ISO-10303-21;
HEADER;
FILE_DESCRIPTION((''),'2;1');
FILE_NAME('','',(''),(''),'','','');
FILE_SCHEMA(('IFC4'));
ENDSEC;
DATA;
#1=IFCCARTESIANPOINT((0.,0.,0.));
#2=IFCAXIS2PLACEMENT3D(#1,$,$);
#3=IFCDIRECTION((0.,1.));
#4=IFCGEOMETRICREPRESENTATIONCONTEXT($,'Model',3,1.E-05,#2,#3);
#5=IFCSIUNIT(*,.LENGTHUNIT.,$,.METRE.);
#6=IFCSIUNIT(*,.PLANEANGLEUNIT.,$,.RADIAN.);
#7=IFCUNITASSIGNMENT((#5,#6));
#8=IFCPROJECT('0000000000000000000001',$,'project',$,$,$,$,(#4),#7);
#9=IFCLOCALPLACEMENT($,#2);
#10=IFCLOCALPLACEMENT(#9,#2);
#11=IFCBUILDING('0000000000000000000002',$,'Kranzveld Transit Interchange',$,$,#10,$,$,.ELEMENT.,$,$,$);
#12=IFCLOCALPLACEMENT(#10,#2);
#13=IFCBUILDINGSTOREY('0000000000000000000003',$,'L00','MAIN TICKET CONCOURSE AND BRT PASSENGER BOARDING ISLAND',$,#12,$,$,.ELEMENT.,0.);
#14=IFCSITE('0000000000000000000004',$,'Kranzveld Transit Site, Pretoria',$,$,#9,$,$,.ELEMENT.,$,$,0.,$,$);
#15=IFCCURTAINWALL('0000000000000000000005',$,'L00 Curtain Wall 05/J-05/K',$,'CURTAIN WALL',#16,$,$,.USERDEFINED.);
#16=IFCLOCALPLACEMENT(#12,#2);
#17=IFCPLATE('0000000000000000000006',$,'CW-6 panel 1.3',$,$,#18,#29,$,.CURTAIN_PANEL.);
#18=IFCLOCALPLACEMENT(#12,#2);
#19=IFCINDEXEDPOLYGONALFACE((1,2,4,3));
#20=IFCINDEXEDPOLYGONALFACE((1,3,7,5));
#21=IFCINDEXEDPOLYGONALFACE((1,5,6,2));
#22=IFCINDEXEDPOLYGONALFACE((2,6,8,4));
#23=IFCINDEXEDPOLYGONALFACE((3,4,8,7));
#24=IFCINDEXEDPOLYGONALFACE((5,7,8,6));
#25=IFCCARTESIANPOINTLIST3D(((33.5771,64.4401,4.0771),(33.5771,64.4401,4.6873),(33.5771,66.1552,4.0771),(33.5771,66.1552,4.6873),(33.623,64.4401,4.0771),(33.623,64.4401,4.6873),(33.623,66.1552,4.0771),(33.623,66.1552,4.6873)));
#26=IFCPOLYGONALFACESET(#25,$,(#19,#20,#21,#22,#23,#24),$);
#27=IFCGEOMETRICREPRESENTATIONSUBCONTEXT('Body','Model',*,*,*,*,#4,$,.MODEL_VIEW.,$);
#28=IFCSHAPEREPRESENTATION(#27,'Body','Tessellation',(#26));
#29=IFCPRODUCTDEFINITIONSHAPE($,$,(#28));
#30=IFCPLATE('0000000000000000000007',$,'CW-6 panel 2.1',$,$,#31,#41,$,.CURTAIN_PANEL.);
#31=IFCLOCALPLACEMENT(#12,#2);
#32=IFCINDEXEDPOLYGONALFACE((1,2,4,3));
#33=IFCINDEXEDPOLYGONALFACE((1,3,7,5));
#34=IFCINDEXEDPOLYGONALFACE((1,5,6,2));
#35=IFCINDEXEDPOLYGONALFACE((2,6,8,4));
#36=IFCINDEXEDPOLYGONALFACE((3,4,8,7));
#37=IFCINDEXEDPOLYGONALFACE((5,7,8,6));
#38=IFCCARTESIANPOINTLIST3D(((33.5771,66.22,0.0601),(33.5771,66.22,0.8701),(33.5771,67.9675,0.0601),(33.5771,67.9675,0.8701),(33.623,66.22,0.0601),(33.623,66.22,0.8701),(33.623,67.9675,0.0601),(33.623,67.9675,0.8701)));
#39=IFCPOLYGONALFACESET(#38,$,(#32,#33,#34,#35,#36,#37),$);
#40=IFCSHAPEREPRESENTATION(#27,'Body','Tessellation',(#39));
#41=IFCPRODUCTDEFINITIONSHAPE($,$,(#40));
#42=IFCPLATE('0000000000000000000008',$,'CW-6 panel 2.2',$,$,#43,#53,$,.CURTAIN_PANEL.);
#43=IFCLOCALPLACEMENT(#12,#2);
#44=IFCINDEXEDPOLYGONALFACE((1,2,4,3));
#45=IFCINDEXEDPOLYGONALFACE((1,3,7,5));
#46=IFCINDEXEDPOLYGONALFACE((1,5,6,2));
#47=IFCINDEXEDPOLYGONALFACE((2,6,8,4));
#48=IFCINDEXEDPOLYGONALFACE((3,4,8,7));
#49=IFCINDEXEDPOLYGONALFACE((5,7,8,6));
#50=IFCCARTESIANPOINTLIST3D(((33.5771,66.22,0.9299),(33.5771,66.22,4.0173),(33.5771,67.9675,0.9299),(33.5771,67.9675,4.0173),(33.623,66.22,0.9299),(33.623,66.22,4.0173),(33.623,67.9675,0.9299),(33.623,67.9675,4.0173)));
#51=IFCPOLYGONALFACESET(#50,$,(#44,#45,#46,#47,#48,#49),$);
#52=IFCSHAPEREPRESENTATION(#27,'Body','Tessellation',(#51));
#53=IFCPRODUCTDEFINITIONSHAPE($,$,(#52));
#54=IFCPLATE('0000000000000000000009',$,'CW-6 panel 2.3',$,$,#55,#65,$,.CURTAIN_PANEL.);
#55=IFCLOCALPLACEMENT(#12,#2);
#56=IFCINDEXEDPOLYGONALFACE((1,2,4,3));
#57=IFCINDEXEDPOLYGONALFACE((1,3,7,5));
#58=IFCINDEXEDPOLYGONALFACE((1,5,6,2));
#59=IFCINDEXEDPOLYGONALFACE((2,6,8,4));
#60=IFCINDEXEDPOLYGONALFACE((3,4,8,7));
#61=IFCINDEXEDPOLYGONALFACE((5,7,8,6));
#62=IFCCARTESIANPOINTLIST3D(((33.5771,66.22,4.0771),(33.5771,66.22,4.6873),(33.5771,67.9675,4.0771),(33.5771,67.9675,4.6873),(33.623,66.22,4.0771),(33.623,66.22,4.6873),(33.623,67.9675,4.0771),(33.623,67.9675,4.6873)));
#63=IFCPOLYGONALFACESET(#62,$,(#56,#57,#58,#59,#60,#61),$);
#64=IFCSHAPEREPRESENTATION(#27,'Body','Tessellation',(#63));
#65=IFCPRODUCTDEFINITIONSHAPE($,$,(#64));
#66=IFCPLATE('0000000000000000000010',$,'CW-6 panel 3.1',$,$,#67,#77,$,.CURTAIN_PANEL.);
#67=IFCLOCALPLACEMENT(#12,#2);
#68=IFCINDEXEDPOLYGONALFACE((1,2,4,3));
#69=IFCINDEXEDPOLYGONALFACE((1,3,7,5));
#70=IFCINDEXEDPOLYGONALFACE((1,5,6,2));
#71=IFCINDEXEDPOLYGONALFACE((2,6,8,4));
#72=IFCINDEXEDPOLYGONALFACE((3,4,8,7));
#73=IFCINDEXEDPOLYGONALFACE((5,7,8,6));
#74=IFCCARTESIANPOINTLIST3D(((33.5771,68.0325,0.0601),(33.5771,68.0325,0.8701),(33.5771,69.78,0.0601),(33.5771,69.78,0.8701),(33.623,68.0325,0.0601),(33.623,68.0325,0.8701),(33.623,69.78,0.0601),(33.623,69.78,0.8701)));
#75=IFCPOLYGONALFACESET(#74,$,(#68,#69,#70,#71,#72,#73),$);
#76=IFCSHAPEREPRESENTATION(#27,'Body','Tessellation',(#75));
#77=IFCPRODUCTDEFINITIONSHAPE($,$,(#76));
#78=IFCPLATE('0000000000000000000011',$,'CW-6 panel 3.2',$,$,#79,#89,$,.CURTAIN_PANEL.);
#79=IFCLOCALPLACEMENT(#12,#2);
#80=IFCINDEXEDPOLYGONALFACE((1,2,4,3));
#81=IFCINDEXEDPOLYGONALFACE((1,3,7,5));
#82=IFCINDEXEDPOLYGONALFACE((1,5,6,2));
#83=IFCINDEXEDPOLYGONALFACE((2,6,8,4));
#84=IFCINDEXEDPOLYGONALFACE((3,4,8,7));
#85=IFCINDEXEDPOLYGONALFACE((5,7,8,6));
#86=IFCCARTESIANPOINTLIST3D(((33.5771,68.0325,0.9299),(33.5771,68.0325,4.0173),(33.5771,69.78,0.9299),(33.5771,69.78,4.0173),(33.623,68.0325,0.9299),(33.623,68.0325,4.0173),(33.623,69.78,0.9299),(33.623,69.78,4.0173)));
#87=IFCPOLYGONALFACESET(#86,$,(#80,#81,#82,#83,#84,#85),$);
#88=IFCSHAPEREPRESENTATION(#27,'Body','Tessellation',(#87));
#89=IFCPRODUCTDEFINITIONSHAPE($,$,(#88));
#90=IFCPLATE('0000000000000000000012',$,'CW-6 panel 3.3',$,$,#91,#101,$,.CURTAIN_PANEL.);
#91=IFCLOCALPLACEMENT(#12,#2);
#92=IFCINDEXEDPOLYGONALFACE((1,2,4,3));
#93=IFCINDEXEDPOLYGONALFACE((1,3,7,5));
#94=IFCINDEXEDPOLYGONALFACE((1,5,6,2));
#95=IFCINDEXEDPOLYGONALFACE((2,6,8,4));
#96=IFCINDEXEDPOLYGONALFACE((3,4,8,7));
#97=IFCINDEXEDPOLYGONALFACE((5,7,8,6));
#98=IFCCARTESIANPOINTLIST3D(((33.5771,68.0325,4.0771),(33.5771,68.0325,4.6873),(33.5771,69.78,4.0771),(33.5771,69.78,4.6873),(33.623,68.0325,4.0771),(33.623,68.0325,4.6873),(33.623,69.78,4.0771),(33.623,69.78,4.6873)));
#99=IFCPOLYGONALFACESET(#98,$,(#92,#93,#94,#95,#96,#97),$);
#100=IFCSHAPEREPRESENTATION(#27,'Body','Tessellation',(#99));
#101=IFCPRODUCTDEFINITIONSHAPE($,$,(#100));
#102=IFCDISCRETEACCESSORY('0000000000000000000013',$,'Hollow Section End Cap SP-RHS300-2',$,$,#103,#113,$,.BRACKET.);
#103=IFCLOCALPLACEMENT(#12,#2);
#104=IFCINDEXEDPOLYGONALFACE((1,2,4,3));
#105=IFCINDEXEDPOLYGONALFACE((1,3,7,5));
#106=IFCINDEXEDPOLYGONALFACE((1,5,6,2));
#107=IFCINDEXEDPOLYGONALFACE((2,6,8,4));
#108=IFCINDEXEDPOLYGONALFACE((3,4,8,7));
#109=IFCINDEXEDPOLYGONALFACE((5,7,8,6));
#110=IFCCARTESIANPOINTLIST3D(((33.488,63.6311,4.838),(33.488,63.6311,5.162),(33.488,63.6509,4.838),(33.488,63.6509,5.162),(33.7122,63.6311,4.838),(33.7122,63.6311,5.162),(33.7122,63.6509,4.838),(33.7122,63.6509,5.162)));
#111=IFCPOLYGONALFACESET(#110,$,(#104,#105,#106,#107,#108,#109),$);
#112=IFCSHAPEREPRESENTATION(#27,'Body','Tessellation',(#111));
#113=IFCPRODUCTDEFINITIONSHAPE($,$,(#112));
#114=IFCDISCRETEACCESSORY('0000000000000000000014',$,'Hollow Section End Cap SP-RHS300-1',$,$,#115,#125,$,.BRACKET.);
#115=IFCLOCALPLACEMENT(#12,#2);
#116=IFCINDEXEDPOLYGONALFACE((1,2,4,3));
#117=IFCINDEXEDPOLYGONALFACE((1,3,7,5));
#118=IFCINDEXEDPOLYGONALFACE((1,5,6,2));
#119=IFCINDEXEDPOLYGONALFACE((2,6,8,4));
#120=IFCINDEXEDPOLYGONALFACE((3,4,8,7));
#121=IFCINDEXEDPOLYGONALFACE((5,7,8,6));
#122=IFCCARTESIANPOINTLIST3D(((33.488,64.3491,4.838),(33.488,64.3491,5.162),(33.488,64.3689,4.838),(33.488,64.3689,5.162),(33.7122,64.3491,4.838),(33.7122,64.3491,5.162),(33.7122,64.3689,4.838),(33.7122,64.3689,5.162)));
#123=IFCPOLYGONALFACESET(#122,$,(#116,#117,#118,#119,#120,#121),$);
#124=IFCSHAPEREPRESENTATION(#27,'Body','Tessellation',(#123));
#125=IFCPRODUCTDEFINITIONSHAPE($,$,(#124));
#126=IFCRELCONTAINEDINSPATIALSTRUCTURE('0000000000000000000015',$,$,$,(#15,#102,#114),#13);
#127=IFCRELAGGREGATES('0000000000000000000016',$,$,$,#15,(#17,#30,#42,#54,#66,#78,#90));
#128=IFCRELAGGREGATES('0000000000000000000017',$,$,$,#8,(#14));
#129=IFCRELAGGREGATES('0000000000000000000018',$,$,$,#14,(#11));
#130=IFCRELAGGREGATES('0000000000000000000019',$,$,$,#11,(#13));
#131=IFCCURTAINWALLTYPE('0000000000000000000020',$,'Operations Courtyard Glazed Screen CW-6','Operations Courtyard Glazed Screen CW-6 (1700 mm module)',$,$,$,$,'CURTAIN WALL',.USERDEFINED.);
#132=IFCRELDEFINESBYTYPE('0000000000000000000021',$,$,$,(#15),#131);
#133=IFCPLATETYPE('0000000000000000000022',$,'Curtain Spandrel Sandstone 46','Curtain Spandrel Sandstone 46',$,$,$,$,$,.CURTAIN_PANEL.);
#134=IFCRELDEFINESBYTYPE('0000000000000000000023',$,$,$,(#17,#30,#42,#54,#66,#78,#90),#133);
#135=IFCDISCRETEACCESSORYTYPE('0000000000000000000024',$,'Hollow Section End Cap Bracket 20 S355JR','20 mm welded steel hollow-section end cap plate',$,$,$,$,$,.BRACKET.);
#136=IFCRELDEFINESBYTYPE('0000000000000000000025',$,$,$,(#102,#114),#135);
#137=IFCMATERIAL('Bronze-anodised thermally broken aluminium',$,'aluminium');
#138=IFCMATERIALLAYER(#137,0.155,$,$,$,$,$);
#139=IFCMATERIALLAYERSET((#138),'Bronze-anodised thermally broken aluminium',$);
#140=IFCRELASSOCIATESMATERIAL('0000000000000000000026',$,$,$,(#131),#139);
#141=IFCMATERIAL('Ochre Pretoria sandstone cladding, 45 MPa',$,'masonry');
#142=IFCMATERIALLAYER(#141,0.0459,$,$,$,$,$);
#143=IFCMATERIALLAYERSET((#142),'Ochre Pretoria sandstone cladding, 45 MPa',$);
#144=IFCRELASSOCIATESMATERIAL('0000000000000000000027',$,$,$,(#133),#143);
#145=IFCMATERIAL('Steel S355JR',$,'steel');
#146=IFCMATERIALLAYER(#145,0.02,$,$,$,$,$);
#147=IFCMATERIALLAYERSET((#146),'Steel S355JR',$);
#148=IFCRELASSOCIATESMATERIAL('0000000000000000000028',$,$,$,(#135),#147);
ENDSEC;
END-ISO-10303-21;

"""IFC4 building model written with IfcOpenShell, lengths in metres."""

from ifc_helpers import new_model, si_unit, direction, frame, origin, origin_2d, place, context, subcontext, project, spatial, rectangle, extrude, material, layer, layer_set, type_object, element, aggregate, save


model = new_model("IFC4")

# Units and contexts
model_context = context("Model", 3, precision=1e-05, world=origin(), true_north=direction((0.0, 1.0)))
body_context = subcontext(model_context, "Body", "Model", "MODEL_VIEW")
ifc_project = project(units=[si_unit("LENGTHUNIT", "METRE"), si_unit("PLANEANGLEUNIT", "RADIAN")], contexts=[model_context])

# Site, building, storey
site_placement = place(None, origin())
site = spatial("IfcSite", under=ifc_project, at=site_placement, Name="Kranzveld Transit Site, Pretoria", CompositionType="ELEMENT", RefElevation=0.0)
building_placement = place(site_placement, origin())
building = spatial("IfcBuilding", under=site, at=building_placement, Name="Kranzveld Transit Interchange", CompositionType="ELEMENT")
storey_placement = place(building_placement, origin())
storey = spatial("IfcBuildingStorey", under=building, at=storey_placement, Name="L00", Description="MAIN TICKET CONCOURSE AND BRT PASSENGER BOARDING ISLAND", CompositionType="ELEMENT", Elevation=0.0)

# Curtain wall
ifc_material_1 = material(Name="Bronze-anodised thermally broken aluminium", Category="aluminium")
ifc_layer_1 = layer(ifc_material_1, 0.155)
ifc_layer_set_1 = layer_set([ifc_layer_1], Name="Bronze-anodised thermally broken aluminium")
curtain_wall_type_1 = type_object("IfcCurtainWallType", Name="Operations Courtyard Glazed Screen CW-6", Description="Operations Courtyard Glazed Screen CW-6 (1700 mm module)", ElementType="CURTAIN WALL", PredefinedType="USERDEFINED", material=ifc_layer_set_1)
curtain_wall_1_placement = place(storey_placement, origin())
curtain_wall_1 = element("IfcCurtainWall", 1, at=curtain_wall_1_placement, inside=storey, type_object=curtain_wall_type_1, Name="L00 Curtain Wall 05/J-05/K", ObjectType="CURTAIN WALL", PredefinedType="USERDEFINED")

# Plates
ifc_material_2 = material(Name="Ochre Pretoria sandstone cladding, 45 MPa", Category="masonry")
ifc_layer_2 = layer(ifc_material_2, 0.0459)
ifc_layer_set_2 = layer_set([ifc_layer_2], Name="Ochre Pretoria sandstone cladding, 45 MPa")
plate_type = type_object("IfcPlateType", Name="Curtain Spandrel Sandstone 46", Description="Curtain Spandrel Sandstone 46", PredefinedType="CURTAIN_PANEL", material=ifc_layer_set_2)
plate_1_placement = place(storey_placement, frame((33.6001, 65.2976, 4.0771), z_axis=(0.0, 0.0, 1.0), x_axis=(0.0, 1.0, 0.0)))
plate_1 = element("IfcPlate", 2, at=plate_1_placement, type_object=plate_type, Name="CW-6 panel 1.3", PredefinedType="CURTAIN_PANEL", context=body_context, shape_type="SweptSolid", body=[
    extrude(rectangle(XDim=1.7151, YDim=0.0459, at=origin_2d()), origin(), (0.0, 0.0, 1.0), 0.6101),
])
plate_2_placement = place(storey_placement, frame((33.6001, 67.0938, 0.0601), z_axis=(0.0, 0.0, 1.0), x_axis=(0.0, 1.0, 0.0)))
plate_2 = element("IfcPlate", 3, at=plate_2_placement, type_object=plate_type, Name="CW-6 panel 2.1", PredefinedType="CURTAIN_PANEL", context=body_context, shape_type="SweptSolid", body=[
    extrude(rectangle(XDim=1.7476, YDim=0.0459, at=origin_2d()), origin(), (0.0, 0.0, 1.0), 0.8101),
])
plate_3_placement = place(storey_placement, frame((33.6001, 67.0938, 0.9299), z_axis=(0.0, 0.0, 1.0), x_axis=(0.0, 1.0, 0.0)))
plate_3 = element("IfcPlate", 4, at=plate_3_placement, type_object=plate_type, Name="CW-6 panel 2.2", PredefinedType="CURTAIN_PANEL", context=body_context, shape_type="SweptSolid", body=[
    extrude(rectangle(XDim=1.7476, YDim=0.0459, at=origin_2d()), origin(), (0.0, 0.0, 1.0), 3.0874),
])
plate_4_placement = place(storey_placement, frame((33.6001, 67.0938, 4.0771), z_axis=(0.0, 0.0, 1.0), x_axis=(0.0, 1.0, 0.0)))
plate_4 = element("IfcPlate", 5, at=plate_4_placement, type_object=plate_type, Name="CW-6 panel 2.3", PredefinedType="CURTAIN_PANEL", context=body_context, shape_type="SweptSolid", body=[
    extrude(rectangle(XDim=1.7476, YDim=0.0459, at=origin_2d()), origin(), (0.0, 0.0, 1.0), 0.6101),
])
plate_5_placement = place(storey_placement, frame((33.6001, 68.9062, 0.0601), z_axis=(0.0, 0.0, 1.0), x_axis=(0.0, 1.0, 0.0)))
plate_5 = element("IfcPlate", 6, at=plate_5_placement, type_object=plate_type, Name="CW-6 panel 3.1", PredefinedType="CURTAIN_PANEL", context=body_context, shape_type="SweptSolid", body=[
    extrude(rectangle(XDim=1.7476, YDim=0.0459, at=origin_2d()), origin(), (0.0, 0.0, 1.0), 0.8101),
])
plate_6_placement = place(storey_placement, frame((33.6001, 68.9062, 0.9299), z_axis=(0.0, 0.0, 1.0), x_axis=(0.0, 1.0, 0.0)))
plate_6 = element("IfcPlate", 7, at=plate_6_placement, type_object=plate_type, Name="CW-6 panel 3.2", PredefinedType="CURTAIN_PANEL", context=body_context, shape_type="SweptSolid", body=[
    extrude(rectangle(XDim=1.7476, YDim=0.0459, at=origin_2d()), origin(), (0.0, 0.0, 1.0), 3.0874),
])
plate_7_placement = place(storey_placement, frame((33.6001, 68.9062, 4.0771), z_axis=(0.0, 0.0, 1.0), x_axis=(0.0, 1.0, 0.0)))
plate_7 = element("IfcPlate", 8, at=plate_7_placement, type_object=plate_type, Name="CW-6 panel 3.3", PredefinedType="CURTAIN_PANEL", context=body_context, shape_type="SweptSolid", body=[
    extrude(rectangle(XDim=1.7476, YDim=0.0459, at=origin_2d()), origin(), (0.0, 0.0, 1.0), 0.6101),
])
aggregate(curtain_wall_1, [plate_1, plate_2, plate_3, plate_4, plate_5, plate_6, plate_7])

# Discrete accessories
ifc_material_3 = material(Name="Steel S355JR", Category="steel")
ifc_layer_3 = layer(ifc_material_3, 0.02)
ifc_layer_set_3 = layer_set([ifc_layer_3], Name="Steel S355JR")
discrete_accessory_type = type_object("IfcDiscreteAccessoryType", Name="Hollow Section End Cap Bracket 20 S355JR", Description="20 mm welded steel hollow-section end cap plate", PredefinedType="BRACKET", material=ifc_layer_set_3)
for number, where, z_axis, x_axis, name in (
    (9, (33.6001, 63.6311, 5.0), (0.0, 1.0, 0.0), (-1.0, 0.0, 0.0), "Hollow Section End Cap SP-RHS300-2"),
    (10, (33.6001, 64.3689, 5.0), (0.0, -1.0, 0.0), (1.0, 0.0, 0.0), "Hollow Section End Cap SP-RHS300-1"),
):
    element("IfcDiscreteAccessory", number, at=place(storey_placement, frame(where, z_axis=z_axis, x_axis=x_axis)), inside=storey, type_object=discrete_accessory_type, Name=name, PredefinedType="BRACKET", context=body_context, shape_type="SweptSolid", body=[
        extrude(rectangle(XDim=0.2241, YDim=0.324, at=origin_2d()), origin(), (0.0, 0.0, 1.0), 0.0198),
    ])

save(model, "model.ifc")
